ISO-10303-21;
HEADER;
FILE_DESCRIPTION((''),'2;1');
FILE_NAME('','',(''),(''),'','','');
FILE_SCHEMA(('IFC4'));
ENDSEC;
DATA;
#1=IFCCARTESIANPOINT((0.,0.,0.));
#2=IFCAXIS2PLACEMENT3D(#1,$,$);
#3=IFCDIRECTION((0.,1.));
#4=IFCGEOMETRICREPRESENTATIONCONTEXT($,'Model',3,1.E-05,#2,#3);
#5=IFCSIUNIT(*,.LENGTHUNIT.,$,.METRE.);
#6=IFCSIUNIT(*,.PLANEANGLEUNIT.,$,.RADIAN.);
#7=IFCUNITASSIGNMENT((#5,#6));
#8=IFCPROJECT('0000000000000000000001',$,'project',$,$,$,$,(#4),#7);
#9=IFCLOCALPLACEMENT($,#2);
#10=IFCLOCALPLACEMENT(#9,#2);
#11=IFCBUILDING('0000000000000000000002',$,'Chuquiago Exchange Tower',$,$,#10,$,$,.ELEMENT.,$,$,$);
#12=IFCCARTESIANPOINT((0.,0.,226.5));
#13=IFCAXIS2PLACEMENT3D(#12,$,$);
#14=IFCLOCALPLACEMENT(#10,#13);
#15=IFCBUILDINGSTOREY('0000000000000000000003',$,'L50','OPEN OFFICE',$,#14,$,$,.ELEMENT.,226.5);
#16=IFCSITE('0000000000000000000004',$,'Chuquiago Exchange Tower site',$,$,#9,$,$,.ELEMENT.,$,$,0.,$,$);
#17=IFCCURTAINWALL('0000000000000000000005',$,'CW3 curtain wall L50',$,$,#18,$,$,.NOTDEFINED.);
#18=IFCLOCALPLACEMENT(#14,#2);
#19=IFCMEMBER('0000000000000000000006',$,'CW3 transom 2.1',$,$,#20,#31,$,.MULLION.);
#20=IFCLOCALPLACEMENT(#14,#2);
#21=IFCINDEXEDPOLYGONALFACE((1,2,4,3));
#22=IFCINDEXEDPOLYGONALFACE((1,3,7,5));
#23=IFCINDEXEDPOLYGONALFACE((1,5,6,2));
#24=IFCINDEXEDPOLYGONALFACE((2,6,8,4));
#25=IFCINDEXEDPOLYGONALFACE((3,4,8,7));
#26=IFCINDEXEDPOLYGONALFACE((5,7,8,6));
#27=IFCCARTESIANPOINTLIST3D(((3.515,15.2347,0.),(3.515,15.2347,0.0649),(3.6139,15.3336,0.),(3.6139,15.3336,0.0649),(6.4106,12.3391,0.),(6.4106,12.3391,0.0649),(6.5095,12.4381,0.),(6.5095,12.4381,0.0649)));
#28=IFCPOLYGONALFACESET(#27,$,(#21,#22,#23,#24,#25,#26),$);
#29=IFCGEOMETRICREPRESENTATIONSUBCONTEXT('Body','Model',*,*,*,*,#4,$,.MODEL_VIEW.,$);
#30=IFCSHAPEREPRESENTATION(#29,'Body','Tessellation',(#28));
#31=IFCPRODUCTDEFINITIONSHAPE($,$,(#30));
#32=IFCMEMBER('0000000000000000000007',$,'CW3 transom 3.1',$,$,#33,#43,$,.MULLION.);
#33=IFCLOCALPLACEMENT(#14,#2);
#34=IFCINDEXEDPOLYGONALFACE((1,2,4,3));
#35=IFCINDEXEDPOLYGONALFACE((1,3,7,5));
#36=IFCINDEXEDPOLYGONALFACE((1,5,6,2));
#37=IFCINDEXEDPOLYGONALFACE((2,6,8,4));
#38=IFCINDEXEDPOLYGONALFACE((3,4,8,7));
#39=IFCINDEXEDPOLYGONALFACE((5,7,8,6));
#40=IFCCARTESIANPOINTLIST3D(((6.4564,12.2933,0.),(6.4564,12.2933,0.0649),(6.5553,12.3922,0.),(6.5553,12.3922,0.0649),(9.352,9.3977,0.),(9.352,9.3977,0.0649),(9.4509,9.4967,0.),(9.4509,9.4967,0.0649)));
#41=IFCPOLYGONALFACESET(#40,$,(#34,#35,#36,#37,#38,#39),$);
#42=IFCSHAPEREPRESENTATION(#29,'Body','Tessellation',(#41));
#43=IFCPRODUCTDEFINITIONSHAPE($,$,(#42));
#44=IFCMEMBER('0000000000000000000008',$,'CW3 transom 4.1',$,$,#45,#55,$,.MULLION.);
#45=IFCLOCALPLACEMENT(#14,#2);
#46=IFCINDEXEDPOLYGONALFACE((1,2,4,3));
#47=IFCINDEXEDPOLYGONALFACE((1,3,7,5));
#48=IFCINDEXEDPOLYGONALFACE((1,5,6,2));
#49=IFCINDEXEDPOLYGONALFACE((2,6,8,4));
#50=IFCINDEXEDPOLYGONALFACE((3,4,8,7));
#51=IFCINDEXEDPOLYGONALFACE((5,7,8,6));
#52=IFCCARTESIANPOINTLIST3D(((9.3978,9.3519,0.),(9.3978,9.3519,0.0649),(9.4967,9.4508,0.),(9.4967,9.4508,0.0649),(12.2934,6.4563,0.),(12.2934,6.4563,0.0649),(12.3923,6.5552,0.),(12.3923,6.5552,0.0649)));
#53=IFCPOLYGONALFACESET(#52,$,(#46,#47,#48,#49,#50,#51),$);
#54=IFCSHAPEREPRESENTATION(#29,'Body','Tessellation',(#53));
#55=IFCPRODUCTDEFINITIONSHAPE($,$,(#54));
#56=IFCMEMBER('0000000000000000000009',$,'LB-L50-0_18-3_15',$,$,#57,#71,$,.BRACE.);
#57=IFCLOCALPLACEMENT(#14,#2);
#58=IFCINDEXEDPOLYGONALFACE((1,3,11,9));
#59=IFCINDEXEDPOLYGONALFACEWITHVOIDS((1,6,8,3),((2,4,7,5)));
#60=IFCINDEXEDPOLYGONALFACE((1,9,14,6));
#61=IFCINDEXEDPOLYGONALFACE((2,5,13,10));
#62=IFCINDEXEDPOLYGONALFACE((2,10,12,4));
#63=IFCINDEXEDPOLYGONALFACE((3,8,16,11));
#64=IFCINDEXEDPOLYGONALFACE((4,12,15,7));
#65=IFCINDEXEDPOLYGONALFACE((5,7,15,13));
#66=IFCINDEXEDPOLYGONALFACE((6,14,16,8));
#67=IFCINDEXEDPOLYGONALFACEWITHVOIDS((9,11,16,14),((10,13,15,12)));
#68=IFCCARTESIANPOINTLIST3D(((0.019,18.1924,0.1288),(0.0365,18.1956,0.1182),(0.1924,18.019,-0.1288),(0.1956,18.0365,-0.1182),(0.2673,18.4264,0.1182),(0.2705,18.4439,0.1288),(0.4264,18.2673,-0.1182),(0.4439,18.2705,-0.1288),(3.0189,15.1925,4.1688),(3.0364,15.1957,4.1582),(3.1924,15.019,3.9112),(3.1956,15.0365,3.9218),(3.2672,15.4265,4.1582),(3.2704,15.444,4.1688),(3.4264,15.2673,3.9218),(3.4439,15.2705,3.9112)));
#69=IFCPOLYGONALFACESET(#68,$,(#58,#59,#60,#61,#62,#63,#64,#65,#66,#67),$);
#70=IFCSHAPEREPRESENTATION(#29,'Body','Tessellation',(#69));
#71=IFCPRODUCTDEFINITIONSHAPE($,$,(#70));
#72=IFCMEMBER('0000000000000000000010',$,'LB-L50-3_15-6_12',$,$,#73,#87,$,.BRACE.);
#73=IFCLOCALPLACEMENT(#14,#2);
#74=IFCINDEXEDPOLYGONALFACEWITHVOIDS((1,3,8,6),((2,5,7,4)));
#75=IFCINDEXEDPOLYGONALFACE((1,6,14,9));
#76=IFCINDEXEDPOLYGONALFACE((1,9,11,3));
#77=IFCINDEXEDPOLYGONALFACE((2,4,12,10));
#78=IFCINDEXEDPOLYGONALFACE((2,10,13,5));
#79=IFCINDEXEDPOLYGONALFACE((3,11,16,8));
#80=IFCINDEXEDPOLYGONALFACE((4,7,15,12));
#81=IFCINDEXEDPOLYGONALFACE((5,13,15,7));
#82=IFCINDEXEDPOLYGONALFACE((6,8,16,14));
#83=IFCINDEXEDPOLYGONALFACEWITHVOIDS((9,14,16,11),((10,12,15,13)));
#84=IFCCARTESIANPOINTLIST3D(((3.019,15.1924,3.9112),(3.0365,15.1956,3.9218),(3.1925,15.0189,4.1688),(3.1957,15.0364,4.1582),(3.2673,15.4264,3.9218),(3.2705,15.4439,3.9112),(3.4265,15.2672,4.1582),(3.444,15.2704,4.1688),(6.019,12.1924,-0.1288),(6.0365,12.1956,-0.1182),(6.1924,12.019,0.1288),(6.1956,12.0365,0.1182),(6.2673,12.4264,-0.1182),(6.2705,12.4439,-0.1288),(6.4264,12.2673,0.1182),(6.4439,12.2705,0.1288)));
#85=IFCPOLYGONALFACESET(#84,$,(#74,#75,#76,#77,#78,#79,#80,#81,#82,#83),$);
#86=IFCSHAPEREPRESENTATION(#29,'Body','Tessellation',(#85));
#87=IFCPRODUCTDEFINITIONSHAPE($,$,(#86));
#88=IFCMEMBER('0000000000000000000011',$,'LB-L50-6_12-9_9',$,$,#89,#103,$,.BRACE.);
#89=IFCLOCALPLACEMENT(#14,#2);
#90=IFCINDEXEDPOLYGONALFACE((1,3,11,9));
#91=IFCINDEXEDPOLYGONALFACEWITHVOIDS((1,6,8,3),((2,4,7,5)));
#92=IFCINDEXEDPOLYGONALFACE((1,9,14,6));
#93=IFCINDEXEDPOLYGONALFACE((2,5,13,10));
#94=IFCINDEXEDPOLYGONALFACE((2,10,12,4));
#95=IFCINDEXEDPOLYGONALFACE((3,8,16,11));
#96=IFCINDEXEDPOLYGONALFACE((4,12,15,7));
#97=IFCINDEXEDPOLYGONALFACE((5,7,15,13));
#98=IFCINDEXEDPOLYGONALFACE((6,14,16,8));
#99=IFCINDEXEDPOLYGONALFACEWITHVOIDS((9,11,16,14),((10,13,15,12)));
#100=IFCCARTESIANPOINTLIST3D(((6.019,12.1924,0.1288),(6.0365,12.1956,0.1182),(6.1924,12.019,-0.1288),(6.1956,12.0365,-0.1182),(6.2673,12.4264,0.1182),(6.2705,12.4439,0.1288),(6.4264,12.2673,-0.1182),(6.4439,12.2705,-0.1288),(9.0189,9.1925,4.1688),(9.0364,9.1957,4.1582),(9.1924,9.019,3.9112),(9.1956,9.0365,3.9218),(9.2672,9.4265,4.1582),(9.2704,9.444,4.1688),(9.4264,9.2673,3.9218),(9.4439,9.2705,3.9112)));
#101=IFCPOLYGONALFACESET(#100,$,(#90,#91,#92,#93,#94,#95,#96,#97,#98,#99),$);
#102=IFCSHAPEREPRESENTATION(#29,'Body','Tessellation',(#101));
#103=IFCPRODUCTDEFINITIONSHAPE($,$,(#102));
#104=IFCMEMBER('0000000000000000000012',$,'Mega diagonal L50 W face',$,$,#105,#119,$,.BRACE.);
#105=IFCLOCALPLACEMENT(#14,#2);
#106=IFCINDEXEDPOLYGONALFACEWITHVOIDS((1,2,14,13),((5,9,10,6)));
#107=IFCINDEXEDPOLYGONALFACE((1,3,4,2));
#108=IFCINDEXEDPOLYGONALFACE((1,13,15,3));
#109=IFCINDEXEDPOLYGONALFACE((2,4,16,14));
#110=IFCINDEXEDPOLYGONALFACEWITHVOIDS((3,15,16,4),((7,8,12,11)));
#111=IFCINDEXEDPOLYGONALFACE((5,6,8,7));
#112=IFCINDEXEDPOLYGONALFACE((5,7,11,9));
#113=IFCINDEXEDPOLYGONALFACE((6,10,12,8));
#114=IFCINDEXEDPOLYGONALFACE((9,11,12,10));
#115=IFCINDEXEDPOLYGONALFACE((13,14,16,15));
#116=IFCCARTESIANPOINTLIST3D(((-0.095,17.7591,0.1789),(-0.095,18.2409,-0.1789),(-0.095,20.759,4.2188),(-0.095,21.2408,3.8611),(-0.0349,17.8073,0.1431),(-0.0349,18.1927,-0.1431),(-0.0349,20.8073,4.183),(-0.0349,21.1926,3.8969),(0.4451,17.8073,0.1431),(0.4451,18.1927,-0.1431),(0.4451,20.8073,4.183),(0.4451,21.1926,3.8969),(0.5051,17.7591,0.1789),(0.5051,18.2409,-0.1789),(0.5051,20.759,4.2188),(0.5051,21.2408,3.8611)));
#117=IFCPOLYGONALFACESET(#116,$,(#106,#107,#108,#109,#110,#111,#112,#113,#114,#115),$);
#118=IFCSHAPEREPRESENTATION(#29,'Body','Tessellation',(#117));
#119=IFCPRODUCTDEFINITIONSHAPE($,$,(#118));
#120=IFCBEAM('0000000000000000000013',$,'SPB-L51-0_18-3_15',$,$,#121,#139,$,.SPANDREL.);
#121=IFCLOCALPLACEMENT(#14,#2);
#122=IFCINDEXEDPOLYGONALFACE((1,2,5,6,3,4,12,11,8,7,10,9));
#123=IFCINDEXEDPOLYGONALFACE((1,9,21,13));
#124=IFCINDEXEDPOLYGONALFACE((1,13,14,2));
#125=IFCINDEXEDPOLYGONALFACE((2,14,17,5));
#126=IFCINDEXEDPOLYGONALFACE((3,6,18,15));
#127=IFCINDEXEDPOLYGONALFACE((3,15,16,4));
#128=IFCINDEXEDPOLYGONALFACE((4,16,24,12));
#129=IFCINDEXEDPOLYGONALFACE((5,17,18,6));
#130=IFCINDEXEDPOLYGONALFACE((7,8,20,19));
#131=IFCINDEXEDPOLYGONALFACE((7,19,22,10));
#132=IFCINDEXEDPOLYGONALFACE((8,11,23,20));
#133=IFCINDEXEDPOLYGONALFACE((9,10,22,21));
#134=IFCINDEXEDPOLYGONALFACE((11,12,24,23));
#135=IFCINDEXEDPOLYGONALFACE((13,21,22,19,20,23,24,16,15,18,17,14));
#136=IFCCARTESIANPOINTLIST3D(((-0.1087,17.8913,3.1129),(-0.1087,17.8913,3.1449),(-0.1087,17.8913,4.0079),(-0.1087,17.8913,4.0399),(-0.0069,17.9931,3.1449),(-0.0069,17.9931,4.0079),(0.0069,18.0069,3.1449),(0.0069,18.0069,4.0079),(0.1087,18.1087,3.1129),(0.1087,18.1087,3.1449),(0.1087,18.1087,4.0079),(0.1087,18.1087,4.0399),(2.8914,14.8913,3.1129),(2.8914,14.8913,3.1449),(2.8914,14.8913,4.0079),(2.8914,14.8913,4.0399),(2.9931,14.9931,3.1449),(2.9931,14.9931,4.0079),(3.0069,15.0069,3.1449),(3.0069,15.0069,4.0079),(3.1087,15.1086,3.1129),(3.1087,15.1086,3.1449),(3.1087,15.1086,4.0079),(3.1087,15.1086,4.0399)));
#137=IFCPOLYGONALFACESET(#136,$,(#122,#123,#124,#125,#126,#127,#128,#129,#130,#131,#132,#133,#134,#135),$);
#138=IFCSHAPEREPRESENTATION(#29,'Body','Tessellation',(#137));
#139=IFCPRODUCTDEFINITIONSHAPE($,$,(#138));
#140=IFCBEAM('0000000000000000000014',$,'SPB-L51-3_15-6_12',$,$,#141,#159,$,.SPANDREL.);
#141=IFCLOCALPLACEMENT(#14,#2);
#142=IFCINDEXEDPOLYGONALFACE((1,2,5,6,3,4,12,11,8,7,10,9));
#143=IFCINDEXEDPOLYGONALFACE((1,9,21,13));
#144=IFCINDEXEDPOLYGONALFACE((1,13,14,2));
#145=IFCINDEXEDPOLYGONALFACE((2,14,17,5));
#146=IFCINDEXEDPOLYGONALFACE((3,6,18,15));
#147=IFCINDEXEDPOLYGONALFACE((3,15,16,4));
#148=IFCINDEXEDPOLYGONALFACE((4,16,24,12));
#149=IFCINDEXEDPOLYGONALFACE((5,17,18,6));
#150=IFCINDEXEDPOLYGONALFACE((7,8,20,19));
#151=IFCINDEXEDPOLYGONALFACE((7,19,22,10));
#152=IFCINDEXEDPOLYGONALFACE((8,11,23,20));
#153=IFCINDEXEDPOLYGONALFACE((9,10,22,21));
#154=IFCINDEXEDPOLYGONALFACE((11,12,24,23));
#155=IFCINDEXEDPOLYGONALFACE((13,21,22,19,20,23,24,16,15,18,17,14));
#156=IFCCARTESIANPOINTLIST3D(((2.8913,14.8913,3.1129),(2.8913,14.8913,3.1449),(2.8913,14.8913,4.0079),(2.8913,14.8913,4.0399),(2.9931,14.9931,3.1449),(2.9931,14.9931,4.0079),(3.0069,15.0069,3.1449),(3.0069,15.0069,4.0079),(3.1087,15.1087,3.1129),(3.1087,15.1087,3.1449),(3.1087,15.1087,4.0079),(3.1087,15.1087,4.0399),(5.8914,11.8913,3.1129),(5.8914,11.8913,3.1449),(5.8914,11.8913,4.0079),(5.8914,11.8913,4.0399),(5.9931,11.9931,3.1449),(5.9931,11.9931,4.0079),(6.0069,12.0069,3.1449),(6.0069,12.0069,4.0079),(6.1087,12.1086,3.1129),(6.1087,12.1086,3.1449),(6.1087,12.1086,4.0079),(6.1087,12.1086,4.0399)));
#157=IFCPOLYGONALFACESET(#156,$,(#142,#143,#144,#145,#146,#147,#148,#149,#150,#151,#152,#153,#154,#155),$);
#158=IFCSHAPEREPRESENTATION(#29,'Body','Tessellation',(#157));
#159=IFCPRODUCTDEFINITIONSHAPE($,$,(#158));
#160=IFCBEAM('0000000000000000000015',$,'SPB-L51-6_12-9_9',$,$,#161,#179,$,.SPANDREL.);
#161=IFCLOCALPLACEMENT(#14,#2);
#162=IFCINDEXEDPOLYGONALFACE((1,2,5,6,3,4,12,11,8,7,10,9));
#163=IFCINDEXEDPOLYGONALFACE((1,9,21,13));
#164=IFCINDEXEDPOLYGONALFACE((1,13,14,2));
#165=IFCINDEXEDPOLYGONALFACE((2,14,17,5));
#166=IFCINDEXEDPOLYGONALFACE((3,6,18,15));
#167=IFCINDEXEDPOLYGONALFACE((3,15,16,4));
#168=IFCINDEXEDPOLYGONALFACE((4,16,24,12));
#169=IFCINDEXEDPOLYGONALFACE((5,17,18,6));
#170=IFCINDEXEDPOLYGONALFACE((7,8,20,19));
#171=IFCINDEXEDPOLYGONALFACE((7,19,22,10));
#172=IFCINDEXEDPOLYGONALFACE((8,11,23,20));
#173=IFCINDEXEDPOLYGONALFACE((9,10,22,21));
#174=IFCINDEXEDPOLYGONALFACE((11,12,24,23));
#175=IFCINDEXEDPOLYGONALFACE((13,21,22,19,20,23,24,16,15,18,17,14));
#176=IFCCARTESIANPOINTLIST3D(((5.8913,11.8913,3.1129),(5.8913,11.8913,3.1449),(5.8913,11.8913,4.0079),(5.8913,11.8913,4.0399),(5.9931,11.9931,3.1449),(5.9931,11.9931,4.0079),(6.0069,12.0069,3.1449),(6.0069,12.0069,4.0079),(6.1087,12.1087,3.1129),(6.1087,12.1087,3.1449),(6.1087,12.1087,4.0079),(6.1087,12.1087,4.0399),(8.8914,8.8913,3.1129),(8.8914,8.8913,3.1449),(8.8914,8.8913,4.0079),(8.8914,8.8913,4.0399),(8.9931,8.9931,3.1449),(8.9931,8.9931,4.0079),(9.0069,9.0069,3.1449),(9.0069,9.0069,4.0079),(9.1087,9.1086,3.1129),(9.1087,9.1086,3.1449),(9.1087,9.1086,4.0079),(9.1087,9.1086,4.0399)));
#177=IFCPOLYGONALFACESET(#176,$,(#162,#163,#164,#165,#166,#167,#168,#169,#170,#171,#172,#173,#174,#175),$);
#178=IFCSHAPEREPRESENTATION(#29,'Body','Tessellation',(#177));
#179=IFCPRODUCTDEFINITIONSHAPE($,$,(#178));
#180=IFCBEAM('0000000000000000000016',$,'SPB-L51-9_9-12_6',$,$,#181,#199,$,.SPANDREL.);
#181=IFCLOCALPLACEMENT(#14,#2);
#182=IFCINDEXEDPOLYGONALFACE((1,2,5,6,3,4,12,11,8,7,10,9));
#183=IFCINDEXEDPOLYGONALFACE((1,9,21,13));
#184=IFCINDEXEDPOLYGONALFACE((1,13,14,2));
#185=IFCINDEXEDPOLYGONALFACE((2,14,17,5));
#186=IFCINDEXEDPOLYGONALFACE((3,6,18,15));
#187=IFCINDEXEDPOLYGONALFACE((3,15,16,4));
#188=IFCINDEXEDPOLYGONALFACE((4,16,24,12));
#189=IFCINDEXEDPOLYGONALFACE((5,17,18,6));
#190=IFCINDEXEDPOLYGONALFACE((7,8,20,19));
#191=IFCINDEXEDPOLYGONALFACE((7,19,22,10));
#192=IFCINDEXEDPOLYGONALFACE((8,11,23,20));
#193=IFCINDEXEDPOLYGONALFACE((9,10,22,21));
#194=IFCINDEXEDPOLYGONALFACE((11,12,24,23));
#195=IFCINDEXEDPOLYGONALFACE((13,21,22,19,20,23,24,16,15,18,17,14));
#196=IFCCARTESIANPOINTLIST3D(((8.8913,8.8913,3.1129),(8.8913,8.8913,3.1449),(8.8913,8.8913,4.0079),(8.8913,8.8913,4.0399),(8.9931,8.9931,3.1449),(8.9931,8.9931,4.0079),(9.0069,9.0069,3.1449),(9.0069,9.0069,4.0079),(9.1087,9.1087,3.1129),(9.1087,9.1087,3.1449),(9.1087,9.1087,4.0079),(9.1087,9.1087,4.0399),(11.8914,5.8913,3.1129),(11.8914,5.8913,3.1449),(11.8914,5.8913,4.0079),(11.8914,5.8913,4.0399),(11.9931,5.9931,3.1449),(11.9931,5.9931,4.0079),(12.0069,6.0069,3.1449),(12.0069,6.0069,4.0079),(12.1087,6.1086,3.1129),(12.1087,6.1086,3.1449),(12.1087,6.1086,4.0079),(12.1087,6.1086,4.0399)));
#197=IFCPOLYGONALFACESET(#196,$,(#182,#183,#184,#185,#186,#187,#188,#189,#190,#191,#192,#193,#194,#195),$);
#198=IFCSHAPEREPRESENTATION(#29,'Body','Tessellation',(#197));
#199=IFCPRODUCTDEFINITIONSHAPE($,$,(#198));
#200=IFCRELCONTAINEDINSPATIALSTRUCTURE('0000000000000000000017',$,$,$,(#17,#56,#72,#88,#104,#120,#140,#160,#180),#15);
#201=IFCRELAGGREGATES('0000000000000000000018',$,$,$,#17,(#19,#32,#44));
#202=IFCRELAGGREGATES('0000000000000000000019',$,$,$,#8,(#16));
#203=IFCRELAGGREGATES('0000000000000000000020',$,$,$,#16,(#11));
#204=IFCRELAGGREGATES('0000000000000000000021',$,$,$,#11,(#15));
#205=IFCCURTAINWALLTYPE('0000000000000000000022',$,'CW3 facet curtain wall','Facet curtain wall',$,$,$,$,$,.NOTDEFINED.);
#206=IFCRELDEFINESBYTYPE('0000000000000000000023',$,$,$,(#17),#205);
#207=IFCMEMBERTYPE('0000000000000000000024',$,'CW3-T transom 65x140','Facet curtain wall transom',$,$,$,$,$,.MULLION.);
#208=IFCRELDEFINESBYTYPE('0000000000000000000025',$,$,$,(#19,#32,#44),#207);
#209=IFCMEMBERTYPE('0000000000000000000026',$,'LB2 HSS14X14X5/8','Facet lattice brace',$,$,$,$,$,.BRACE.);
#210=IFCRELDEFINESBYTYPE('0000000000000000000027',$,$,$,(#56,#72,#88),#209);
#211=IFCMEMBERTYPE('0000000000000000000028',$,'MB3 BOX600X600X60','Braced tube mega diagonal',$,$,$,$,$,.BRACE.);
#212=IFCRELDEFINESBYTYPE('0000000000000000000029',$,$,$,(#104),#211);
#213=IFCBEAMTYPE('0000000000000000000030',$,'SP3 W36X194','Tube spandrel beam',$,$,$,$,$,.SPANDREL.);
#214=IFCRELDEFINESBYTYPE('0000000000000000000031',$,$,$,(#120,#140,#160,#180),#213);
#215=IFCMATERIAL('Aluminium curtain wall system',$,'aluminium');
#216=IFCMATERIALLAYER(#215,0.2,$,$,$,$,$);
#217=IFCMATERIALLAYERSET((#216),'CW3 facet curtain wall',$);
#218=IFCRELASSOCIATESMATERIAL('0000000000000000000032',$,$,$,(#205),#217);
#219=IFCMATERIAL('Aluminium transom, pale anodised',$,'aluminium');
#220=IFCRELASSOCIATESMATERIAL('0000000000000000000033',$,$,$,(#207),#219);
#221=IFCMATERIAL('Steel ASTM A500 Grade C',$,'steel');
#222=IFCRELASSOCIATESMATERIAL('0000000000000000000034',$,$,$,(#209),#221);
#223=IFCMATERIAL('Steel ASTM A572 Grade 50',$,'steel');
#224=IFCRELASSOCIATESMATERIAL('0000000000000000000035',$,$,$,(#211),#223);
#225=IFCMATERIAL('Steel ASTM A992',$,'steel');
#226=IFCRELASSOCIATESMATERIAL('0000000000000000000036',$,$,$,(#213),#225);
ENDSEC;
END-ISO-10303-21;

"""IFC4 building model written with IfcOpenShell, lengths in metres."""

from ifc_helpers import new_model, si_unit, direction, frame, origin, origin_2d, place, context, subcontext, project, spatial, rectangle, hollow_rectangle, i_section, extrude, material, layer, layer_set, material_profile, profile_set, type_object, element, aggregate, save


model = new_model("IFC4")

# Units and contexts
model_context = context("Model", 3, precision=1e-05, world=origin(), true_north=direction((0.0, 1.0)))
body_context = subcontext(model_context, "Body", "Model", "MODEL_VIEW")
ifc_project = project(units=[si_unit("LENGTHUNIT", "METRE"), si_unit("PLANEANGLEUNIT", "RADIAN")], contexts=[model_context])

# Site, building, storey
site_placement = place(None, origin())
site = spatial("IfcSite", under=ifc_project, at=site_placement, Name="Chuquiago Exchange Tower site", CompositionType="ELEMENT", RefElevation=0.0)
building_placement = place(site_placement, origin())
building = spatial("IfcBuilding", under=site, at=building_placement, Name="Chuquiago Exchange Tower", CompositionType="ELEMENT")
storey_placement = place(building_placement, frame((0.0, 0.0, 226.5)))
storey = spatial("IfcBuildingStorey", under=building, at=storey_placement, Name="L50", Description="OPEN OFFICE", CompositionType="ELEMENT", Elevation=226.5)

# Curtain wall, members
ifc_material_1 = material(Name="Aluminium curtain wall system", Category="aluminium")
ifc_layer_1 = layer(ifc_material_1, 0.2)
ifc_layer_set_1 = layer_set([ifc_layer_1], Name="CW3 facet curtain wall")
curtain_wall_type_1 = type_object("IfcCurtainWallType", Name="CW3 facet curtain wall", Description="Facet curtain wall", PredefinedType="NOTDEFINED", material=ifc_layer_set_1)
curtain_wall_1_placement = place(storey_placement, origin())
curtain_wall_1 = element("IfcCurtainWall", 1, at=curtain_wall_1_placement, inside=storey, type_object=curtain_wall_type_1, Name="CW3 curtain wall L50", PredefinedType="NOTDEFINED")
ifc_material_2 = material(Name="Aluminium transom, pale anodised", Category="aluminium")
ifc_material_profile_1 = material_profile(ifc_material_2, rectangle(XDim=0.1399, YDim=0.0649, at=origin_2d()), Name="AL 140x65")
ifc_profile_set_1 = profile_set([ifc_material_profile_1], Name="Aluminium transom, pale anodised")
member_type_1 = type_object("IfcMemberType", Name="CW3-T transom 65x140", Description="Facet curtain wall transom", PredefinedType="MULLION", material=ifc_profile_set_1)
member_1_placement = place(storey_placement, frame((3.5645, 15.2842, 0.0325), z_axis=(0.707107, -0.707107, 0.0), x_axis=(0.707107, 0.707107, 0.0)))
member_1 = element("IfcMember", 2, at=member_1_placement, type_object=member_type_1, Name="CW3 transom 2.1", PredefinedType="MULLION", context=body_context, shape_type="SweptSolid", body=[
    extrude(rectangle(XDim=0.1399, YDim=0.0649, at=origin_2d()), origin(), (0.0, 0.0, 1.0), 4.095),
])
member_2_placement = place(storey_placement, frame((6.5059, 12.3428, 0.0325), z_axis=(0.707107, -0.707107, 0.0), x_axis=(0.707107, 0.707107, 0.0)))
member_2 = element("IfcMember", 3, at=member_2_placement, type_object=member_type_1, Name="CW3 transom 3.1", PredefinedType="MULLION", context=body_context, shape_type="SweptSolid", body=[
    extrude(rectangle(XDim=0.1399, YDim=0.0649, at=origin_2d()), origin(), (0.0, 0.0, 1.0), 4.095),
])
member_3_placement = place(storey_placement, frame((9.4473, 9.4014, 0.0325), z_axis=(0.707107, -0.707107, 0.0), x_axis=(0.707107, 0.707107, 0.0)))
member_3 = element("IfcMember", 4, at=member_3_placement, type_object=member_type_1, Name="CW3 transom 4.1", PredefinedType="MULLION", context=body_context, shape_type="SweptSolid", body=[
    extrude(rectangle(XDim=0.1399, YDim=0.0649, at=origin_2d()), origin(), (0.0, 0.0, 1.0), 4.095),
])

# Members
ifc_material_3 = material(Name="Steel ASTM A500 Grade C", Category="steel")
ifc_material_profile_2 = material_profile(ifc_material_3, hollow_rectangle(XDim=0.3557, YDim=0.3557, WallThickness=0.0146, at=origin_2d()), Name="HSS14X14X5/8")
ifc_profile_set_2 = profile_set([ifc_material_profile_2], Name="Steel ASTM A500 Grade C")
member_type_2 = type_object("IfcMemberType", Name="LB2 HSS14X14X5/8", Description="Facet lattice brace", PredefinedType="BRACE", material=ifc_profile_set_2)
for number, where, z_axis, x_axis, name in (
    (5, (0.2314, 18.2314, 0.0), (0.512077, -0.512077, 0.689604), (0.707107, 0.707107, 0.0), "LB-L50-0_18-3_15"),
    (6, (6.2314, 12.2314, 0.0), (-0.512077, 0.512077, 0.689604), (-0.707107, -0.707107, 0.0), "LB-L50-3_15-6_12"),
    (7, (6.2314, 12.2314, 0.0), (0.512077, -0.512077, 0.689604), (0.707107, 0.707107, 0.0), "LB-L50-6_12-9_9"),
):
    element("IfcMember", number, at=place(storey_placement, frame(where, z_axis=z_axis, x_axis=x_axis)), inside=storey, type_object=member_type_2, Name=name, PredefinedType="BRACE", context=body_context, shape_type="SweptSolid", body=[
        extrude(hollow_rectangle(XDim=0.3557, YDim=0.3557, WallThickness=0.0146, at=origin_2d()), origin(), (0.0, 0.0, 1.0), 5.8584),
    ])
ifc_material_4 = material(Name="Steel ASTM A572 Grade 50", Category="steel")
ifc_material_profile_3 = material_profile(ifc_material_4, hollow_rectangle(XDim=0.6001, YDim=0.6001, WallThickness=0.0601, at=origin_2d()), Name="BOX600X600X60")
ifc_profile_set_3 = profile_set([ifc_material_profile_3], Name="Steel ASTM A572 Grade 50")
member_type_3 = type_object("IfcMemberType", Name="MB3 BOX600X600X60", Description="Braced tube mega diagonal", PredefinedType="BRACE", material=ifc_profile_set_3)
member_4_placement = place(storey_placement, frame((0.2051, 18.0, 0.0), z_axis=(0.0, 0.596174, 0.802855), x_axis=(-1.0, 0.0, 0.0)))
element("IfcMember", 8, at=member_4_placement, inside=storey, type_object=member_type_3, Name="Mega diagonal L50 W face", PredefinedType="BRACE", context=body_context, shape_type="SweptSolid", body=[
    extrude(hollow_rectangle(XDim=0.6001, YDim=0.6001, WallThickness=0.0601, at=origin_2d()), origin(), (0.0, 0.0, 1.0), 5.032),
])

# Beams
ifc_material_5 = material(Name="Steel ASTM A992", Category="steel")
ifc_material_profile_4 = material_profile(ifc_material_5, i_section(OverallWidth=0.3074, OverallDepth=0.927, WebThickness=0.0195, FlangeThickness=0.032, at=origin_2d()), Name="W36X194")
ifc_profile_set_4 = profile_set([ifc_material_profile_4], Name="Steel ASTM A992")
beam_type = type_object("IfcBeamType", Name="SP3 W36X194", Description="Tube spandrel beam", PredefinedType="SPANDREL", material=ifc_profile_set_4)
for number, where, z_axis, x_axis, name in (
    (9, (0.0, 18.0, 3.5764), (0.707107, -0.707107, 0.0), (0.707107, 0.707107, 0.0), "SPB-L51-0_18-3_15"),
    (10, (3.0, 15.0, 3.5764), (0.707107, -0.707107, 0.0), (0.707107, 0.707107, 0.0), "SPB-L51-3_15-6_12"),
    (11, (6.0, 12.0, 3.5764), (0.707107, -0.707107, 0.0), (0.707107, 0.707107, 0.0), "SPB-L51-6_12-9_9"),
    (12, (9.0, 9.0, 3.5764), (0.707107, -0.707107, 0.0), (0.707107, 0.707107, 0.0), "SPB-L51-9_9-12_6"),
):
    element("IfcBeam", number, at=place(storey_placement, frame(where, z_axis=z_axis, x_axis=x_axis)), inside=storey, type_object=beam_type, Name=name, PredefinedType="SPANDREL", context=body_context, shape_type="SweptSolid", body=[
        extrude(i_section(OverallWidth=0.3074, OverallDepth=0.927, WebThickness=0.0195, FlangeThickness=0.032, at=origin_2d()), origin(), (0.0, 0.0, 1.0), 4.2427),
    ])

aggregate(curtain_wall_1, [member_1, member_2, member_3])

save(model, "model.ifc")
